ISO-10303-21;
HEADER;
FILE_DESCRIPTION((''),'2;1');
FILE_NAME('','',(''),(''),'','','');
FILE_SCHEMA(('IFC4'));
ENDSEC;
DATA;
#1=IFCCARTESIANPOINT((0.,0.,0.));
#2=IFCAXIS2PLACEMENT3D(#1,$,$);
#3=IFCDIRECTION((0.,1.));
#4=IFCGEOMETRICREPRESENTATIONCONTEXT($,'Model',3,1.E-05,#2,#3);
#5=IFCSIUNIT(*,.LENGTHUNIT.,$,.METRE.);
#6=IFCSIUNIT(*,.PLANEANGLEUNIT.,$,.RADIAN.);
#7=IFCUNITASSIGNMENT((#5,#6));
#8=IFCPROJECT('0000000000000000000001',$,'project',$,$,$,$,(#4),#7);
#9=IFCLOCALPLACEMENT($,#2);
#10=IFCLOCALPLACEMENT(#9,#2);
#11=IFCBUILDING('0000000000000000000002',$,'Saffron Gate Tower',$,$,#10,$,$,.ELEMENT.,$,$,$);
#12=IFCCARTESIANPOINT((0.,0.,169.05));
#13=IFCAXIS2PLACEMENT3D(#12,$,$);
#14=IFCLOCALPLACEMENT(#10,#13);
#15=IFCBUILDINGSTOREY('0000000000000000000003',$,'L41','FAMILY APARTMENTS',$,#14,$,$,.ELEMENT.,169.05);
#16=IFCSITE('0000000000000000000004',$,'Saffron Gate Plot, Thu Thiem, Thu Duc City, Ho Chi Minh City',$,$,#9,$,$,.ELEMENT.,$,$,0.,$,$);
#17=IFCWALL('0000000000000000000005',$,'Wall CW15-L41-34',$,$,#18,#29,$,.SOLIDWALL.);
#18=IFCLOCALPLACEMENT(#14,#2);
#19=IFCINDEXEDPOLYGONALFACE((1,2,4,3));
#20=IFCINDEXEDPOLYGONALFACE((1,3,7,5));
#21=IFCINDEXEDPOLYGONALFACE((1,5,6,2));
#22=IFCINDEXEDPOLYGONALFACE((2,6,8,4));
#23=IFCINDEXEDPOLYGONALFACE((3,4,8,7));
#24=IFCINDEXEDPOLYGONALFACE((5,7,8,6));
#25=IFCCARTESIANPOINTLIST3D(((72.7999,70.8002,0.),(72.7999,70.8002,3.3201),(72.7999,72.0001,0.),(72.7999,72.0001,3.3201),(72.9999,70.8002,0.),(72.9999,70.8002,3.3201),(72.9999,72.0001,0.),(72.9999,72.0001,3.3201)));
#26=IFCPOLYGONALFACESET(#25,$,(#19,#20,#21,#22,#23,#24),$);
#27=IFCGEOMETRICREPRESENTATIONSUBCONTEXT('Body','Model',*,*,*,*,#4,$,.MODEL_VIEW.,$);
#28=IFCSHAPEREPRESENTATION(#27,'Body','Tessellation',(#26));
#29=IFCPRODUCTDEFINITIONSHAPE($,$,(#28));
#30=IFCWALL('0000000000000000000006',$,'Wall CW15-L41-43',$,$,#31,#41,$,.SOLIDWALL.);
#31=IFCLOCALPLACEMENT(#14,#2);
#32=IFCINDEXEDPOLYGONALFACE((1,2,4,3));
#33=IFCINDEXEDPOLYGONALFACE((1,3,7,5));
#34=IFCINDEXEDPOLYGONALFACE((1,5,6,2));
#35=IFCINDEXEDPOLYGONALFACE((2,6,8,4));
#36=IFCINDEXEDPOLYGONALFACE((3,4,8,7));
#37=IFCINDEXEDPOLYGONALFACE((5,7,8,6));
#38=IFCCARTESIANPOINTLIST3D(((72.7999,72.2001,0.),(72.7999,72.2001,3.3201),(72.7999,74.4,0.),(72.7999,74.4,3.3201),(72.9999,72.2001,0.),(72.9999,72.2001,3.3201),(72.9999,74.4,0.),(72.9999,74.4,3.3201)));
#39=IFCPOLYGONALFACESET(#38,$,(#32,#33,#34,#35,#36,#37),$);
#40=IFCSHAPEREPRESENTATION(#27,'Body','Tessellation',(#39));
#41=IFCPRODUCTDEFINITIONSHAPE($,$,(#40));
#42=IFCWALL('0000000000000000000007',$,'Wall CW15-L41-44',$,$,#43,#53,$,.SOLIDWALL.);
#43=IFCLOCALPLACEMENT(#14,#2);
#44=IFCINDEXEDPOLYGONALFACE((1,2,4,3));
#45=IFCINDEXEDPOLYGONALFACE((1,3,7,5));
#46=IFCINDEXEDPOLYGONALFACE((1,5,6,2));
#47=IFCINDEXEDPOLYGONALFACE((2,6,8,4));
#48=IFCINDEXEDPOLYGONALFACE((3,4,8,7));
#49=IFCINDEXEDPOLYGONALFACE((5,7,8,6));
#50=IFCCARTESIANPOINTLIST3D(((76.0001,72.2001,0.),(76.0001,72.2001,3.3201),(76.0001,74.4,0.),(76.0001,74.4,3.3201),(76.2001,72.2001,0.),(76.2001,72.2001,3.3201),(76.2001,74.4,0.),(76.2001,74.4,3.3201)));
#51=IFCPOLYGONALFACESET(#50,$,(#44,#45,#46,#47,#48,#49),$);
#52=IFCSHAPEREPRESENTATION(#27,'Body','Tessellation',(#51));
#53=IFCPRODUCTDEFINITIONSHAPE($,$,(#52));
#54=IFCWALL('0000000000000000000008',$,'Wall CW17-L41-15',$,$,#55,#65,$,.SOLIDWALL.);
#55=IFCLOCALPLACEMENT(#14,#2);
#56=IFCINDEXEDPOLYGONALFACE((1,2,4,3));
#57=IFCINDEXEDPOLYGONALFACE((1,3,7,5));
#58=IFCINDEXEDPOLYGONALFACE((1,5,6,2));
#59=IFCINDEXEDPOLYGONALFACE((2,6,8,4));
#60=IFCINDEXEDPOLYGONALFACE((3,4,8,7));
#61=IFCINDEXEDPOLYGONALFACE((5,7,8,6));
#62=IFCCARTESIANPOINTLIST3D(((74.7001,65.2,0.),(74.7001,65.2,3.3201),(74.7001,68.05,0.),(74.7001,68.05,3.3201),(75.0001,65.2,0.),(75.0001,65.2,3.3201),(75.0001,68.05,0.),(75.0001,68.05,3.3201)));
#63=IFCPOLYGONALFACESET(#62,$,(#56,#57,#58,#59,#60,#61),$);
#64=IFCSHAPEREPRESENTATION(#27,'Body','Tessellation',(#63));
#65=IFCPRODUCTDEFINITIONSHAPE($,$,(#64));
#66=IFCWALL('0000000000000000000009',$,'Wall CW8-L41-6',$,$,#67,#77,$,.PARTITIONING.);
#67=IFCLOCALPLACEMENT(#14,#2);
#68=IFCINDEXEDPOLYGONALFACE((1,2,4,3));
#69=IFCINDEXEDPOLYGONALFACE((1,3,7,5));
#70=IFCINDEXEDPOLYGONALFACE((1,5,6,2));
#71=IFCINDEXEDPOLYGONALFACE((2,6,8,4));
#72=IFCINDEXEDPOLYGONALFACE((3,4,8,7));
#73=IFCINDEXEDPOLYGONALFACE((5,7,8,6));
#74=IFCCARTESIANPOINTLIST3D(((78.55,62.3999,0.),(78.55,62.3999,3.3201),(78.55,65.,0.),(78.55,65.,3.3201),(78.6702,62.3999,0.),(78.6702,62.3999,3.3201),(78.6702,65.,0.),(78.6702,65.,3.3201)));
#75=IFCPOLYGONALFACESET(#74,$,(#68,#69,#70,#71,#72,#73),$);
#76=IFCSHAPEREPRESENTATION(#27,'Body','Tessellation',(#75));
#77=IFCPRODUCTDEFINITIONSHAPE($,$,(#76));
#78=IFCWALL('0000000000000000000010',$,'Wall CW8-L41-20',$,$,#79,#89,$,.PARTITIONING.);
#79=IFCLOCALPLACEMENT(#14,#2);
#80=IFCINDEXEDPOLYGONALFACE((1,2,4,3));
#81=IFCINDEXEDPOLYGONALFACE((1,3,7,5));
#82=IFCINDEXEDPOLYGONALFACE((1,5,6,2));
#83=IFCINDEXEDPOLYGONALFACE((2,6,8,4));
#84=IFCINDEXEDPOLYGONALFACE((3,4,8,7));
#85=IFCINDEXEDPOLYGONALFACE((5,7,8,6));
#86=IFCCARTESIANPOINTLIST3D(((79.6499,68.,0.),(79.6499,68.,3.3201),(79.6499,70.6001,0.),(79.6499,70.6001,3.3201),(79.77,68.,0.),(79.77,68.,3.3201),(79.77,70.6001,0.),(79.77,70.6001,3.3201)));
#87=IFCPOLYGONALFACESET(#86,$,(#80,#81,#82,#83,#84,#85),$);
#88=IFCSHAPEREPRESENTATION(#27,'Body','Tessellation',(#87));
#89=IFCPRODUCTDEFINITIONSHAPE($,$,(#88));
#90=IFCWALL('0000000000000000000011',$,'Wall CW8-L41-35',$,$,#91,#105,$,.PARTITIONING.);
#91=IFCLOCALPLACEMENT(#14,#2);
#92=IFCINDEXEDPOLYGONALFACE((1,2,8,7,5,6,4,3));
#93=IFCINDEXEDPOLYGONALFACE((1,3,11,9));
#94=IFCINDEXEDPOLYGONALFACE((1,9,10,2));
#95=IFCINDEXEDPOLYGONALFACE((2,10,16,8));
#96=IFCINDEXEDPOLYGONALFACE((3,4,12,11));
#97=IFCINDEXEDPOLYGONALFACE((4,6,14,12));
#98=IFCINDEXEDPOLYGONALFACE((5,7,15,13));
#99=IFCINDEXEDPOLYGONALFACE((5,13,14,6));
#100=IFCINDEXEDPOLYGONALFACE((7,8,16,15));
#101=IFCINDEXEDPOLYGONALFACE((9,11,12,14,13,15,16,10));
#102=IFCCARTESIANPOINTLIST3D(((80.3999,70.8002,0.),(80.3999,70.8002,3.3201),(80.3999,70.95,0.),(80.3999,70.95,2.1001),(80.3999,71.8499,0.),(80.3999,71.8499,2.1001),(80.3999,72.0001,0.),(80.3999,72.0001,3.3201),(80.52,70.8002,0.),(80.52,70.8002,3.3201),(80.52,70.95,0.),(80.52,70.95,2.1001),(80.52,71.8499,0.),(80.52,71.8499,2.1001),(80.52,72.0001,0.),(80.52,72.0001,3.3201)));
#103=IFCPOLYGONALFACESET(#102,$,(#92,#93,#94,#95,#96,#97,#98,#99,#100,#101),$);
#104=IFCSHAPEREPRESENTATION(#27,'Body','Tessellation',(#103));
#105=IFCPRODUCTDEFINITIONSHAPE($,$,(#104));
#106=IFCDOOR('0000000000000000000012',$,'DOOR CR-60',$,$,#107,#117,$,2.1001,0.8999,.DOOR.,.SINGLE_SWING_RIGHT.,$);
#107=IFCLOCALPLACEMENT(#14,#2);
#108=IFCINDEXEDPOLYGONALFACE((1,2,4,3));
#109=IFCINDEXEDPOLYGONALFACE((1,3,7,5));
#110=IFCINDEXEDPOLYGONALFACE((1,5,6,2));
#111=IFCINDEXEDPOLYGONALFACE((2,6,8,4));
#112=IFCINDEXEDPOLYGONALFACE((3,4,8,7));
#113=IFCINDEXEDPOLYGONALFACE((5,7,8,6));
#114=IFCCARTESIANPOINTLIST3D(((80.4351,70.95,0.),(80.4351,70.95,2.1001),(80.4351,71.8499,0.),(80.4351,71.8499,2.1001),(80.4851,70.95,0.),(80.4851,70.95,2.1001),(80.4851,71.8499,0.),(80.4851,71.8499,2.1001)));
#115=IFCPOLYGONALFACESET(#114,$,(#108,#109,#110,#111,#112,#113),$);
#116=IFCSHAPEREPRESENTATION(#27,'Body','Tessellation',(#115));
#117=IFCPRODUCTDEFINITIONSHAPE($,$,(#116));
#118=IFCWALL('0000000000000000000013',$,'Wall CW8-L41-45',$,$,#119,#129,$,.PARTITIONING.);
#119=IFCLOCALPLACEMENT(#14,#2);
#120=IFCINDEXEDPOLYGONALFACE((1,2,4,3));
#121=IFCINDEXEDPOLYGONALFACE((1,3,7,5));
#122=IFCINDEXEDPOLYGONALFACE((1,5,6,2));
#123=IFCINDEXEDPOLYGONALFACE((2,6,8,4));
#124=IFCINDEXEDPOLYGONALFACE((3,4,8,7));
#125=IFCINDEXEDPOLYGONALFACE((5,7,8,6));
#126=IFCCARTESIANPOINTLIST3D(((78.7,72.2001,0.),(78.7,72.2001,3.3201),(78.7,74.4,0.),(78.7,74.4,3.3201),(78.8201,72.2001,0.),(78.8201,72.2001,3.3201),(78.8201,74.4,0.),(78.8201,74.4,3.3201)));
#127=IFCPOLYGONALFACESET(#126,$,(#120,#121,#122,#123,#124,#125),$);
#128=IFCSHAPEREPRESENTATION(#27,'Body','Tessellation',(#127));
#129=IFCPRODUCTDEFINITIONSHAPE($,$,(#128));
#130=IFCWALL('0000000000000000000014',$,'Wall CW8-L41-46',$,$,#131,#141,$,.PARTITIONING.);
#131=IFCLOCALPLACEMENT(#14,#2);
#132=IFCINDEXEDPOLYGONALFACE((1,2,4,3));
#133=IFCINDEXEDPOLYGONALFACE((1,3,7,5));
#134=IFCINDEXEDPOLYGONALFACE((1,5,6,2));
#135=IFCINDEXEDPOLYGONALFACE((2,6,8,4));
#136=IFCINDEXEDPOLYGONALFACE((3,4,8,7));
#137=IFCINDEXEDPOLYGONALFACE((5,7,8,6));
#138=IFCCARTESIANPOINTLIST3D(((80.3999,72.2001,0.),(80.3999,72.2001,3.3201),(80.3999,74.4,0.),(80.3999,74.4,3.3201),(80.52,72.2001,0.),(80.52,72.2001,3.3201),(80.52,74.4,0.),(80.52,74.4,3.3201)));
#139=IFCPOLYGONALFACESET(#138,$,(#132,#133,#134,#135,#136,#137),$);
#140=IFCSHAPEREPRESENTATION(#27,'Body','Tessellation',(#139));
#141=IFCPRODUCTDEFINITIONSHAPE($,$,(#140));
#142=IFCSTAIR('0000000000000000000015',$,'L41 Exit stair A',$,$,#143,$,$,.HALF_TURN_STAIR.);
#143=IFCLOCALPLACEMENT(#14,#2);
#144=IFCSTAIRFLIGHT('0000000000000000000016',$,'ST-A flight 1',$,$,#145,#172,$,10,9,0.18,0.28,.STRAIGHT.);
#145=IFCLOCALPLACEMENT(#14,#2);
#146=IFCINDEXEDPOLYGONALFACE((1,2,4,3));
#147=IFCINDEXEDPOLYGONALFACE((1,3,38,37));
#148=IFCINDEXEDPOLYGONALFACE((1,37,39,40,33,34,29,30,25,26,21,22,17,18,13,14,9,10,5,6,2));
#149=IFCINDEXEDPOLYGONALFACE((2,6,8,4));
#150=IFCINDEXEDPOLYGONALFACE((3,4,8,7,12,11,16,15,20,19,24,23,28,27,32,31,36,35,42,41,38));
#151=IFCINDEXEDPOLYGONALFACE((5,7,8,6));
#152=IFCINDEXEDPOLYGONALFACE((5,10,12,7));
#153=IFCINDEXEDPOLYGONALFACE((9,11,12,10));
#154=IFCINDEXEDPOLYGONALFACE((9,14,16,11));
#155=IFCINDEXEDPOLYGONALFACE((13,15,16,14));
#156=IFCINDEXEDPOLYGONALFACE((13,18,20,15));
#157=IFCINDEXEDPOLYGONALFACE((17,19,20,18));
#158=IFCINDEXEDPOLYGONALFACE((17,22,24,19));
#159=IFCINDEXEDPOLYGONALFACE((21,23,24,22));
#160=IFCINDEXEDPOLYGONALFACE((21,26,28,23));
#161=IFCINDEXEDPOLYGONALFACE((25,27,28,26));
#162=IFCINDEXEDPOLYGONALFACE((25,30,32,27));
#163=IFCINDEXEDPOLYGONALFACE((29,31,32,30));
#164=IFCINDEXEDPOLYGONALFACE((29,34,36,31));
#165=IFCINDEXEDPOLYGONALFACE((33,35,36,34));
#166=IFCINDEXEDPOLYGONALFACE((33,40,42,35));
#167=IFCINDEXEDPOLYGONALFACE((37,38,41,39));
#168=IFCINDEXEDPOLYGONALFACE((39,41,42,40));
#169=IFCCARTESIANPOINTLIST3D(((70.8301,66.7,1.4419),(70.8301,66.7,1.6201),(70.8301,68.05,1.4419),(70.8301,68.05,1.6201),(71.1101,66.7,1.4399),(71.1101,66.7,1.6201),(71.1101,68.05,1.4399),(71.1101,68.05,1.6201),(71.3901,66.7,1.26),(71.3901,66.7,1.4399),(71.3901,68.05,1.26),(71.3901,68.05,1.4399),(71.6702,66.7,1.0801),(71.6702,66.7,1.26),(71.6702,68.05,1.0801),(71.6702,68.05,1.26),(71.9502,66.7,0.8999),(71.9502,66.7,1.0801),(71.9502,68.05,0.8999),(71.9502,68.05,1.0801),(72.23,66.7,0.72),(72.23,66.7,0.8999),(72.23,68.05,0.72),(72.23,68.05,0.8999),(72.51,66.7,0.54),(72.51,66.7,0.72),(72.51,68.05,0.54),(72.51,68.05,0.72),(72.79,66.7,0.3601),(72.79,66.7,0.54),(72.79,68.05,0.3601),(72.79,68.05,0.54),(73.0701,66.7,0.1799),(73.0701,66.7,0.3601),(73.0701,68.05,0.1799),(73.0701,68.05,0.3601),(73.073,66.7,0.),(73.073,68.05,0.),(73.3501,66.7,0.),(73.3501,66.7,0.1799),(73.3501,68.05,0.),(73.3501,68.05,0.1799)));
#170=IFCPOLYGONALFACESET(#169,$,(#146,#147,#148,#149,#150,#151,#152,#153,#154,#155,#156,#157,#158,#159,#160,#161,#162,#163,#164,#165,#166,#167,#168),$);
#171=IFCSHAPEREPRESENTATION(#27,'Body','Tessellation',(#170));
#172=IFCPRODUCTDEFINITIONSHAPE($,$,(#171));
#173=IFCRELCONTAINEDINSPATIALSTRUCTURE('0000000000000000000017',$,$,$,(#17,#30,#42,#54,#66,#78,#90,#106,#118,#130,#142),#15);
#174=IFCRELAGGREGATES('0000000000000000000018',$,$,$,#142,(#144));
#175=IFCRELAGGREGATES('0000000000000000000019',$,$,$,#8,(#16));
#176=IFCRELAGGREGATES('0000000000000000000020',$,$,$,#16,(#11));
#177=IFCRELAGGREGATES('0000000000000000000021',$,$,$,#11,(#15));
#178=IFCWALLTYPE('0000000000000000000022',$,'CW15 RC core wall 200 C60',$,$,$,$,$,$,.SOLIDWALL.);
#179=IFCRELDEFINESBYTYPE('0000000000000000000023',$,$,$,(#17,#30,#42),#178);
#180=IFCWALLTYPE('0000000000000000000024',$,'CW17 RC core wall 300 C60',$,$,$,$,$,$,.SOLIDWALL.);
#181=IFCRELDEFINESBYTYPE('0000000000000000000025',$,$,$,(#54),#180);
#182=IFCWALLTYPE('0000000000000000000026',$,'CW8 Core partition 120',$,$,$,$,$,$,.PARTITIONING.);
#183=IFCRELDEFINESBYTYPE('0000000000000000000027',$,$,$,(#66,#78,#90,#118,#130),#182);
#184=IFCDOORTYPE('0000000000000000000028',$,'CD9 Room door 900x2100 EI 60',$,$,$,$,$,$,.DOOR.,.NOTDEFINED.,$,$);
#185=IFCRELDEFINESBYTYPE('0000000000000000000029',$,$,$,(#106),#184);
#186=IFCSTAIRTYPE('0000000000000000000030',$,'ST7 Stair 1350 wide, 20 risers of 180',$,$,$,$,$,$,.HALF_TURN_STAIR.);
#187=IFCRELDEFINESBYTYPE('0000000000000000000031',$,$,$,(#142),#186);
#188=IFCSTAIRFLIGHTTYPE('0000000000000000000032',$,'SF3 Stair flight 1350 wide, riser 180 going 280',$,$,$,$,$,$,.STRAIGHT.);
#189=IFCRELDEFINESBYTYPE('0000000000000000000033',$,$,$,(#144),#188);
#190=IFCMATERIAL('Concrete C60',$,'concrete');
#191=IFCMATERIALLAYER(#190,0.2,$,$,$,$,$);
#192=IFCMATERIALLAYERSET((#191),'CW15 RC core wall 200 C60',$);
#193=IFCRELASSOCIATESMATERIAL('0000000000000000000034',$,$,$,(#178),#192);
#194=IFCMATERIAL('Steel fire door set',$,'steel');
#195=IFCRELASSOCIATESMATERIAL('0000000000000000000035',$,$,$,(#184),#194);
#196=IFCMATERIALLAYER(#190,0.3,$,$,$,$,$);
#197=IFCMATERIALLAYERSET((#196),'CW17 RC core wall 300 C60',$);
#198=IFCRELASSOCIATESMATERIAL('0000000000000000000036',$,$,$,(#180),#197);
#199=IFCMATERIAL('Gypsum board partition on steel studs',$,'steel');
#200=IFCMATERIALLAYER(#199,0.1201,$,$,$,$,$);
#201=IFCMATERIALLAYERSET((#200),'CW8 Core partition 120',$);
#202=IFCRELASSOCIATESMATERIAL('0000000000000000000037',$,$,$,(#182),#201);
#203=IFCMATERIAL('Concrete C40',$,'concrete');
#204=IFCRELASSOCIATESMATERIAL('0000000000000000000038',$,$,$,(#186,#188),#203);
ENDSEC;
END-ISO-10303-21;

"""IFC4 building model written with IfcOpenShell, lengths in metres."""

from ifc_helpers import new_model, si_unit, direction, frame, frame_2d, origin, place, context, subcontext, project, spatial, polyline, rectangle, outline, extrude, material, layer, layer_set, type_object, element, fill, aggregate, save


model = new_model("IFC4")

# Units and contexts
model_context = context("Model", 3, precision=1e-05, world=origin(), true_north=direction((0.0, 1.0)))
body_context = subcontext(model_context, "Body", "Model", "MODEL_VIEW")
ifc_project = project(units=[si_unit("LENGTHUNIT", "METRE"), si_unit("PLANEANGLEUNIT", "RADIAN")], contexts=[model_context])

# Site, building, storey
site_placement = place(None, origin())
site = spatial("IfcSite", under=ifc_project, at=site_placement, Name="Saffron Gate Plot, Thu Thiem, Thu Duc City, Ho Chi Minh City", CompositionType="ELEMENT", RefElevation=0.0)
building_placement = place(site_placement, origin())
building = spatial("IfcBuilding", under=site, at=building_placement, Name="Saffron Gate Tower", CompositionType="ELEMENT")
storey_placement = place(building_placement, frame((0.0, 0.0, 169.05)))
storey = spatial("IfcBuildingStorey", under=building, at=storey_placement, Name="L41", Description="FAMILY APARTMENTS", CompositionType="ELEMENT", Elevation=169.05)

# Shared definitions
ifc_material_1 = material(Name="Concrete C60", Category="concrete")

# Shared definitions
ifc_layer_1 = layer(ifc_material_1, 0.2)
ifc_layer_set_1 = layer_set([ifc_layer_1], Name="CW15 RC core wall 200 C60")
wall_type_1 = type_object("IfcWallType", Name="CW15 RC core wall 200 C60", PredefinedType="SOLIDWALL", material=ifc_layer_set_1)
ifc_material_2 = material(Name="Steel fire door set", Category="steel")
door_type_1 = type_object("IfcDoorType", Name="CD9 Room door 900x2100 EI 60", OperationType="NOTDEFINED", PredefinedType="DOOR", material=ifc_material_2)

# Walls
wall_1_placement = place(storey_placement, frame((72.8999, 70.8, 0.0), z_axis=(0.0, 0.0, 1.0), x_axis=(0.0, 1.0, 0.0)))
element("IfcWall", 1, at=wall_1_placement, inside=storey, type_object=wall_type_1, Name="Wall CW15-L41-34", PredefinedType="SOLIDWALL", context=body_context, shape_type="SweptSolid", body=[
    extrude(rectangle(XDim=1.2, YDim=0.2, at=frame_2d((0.6001, 0.0))), origin(), (0.0, 0.0, 1.0), 3.3201),
])
for number, where, z_axis, x_axis, name in (
    (2, (72.8999, 72.2, 0.0), (0.0, 0.0, 1.0), (0.0, 1.0, 0.0), "Wall CW15-L41-43"),
    (3, (76.1001, 72.2, 0.0), (0.0, 0.0, 1.0), (0.0, 1.0, 0.0), "Wall CW15-L41-44"),
):
    element("IfcWall", number, at=place(storey_placement, frame(where, z_axis=z_axis, x_axis=x_axis)), inside=storey, type_object=wall_type_1, Name=name, PredefinedType="SOLIDWALL", context=body_context, shape_type="SweptSolid", body=[
        extrude(rectangle(XDim=2.2, YDim=0.2, at=frame_2d((1.1001, 0.0))), origin(), (0.0, 0.0, 1.0), 3.3201),
    ])
ifc_layer_2 = layer(ifc_material_1, 0.3)
ifc_layer_set_2 = layer_set([ifc_layer_2], Name="CW17 RC core wall 300 C60")
wall_type_2 = type_object("IfcWallType", Name="CW17 RC core wall 300 C60", PredefinedType="SOLIDWALL", material=ifc_layer_set_2)
wall_2_placement = place(storey_placement, frame((74.8501, 65.2, 0.0), z_axis=(0.0, 0.0, 1.0), x_axis=(0.0, 1.0, 0.0)))
element("IfcWall", 4, at=wall_2_placement, inside=storey, type_object=wall_type_2, Name="Wall CW17-L41-15", PredefinedType="SOLIDWALL", context=body_context, shape_type="SweptSolid", body=[
    extrude(rectangle(XDim=2.8501, YDim=0.3, at=frame_2d((1.425, 0.0))), origin(), (0.0, 0.0, 1.0), 3.3201),
])
ifc_material_3 = material(Name="Gypsum board partition on steel studs", Category="steel")
ifc_layer_3 = layer(ifc_material_3, 0.1201)
ifc_layer_set_3 = layer_set([ifc_layer_3], Name="CW8 Core partition 120")
wall_type_3 = type_object("IfcWallType", Name="CW8 Core partition 120", PredefinedType="PARTITIONING", material=ifc_layer_set_3)
for number, where, z_axis, x_axis, name in (
    (5, (78.6101, 62.3999, 0.0), (0.0, 0.0, 1.0), (0.0, 1.0, 0.0), "Wall CW8-L41-6"),
    (6, (79.71, 68.0, 0.0), (0.0, 0.0, 1.0), (0.0, 1.0, 0.0), "Wall CW8-L41-20"),
):
    element("IfcWall", number, at=place(storey_placement, frame(where, z_axis=z_axis, x_axis=x_axis)), inside=storey, type_object=wall_type_3, Name=name, PredefinedType="PARTITIONING", context=body_context, shape_type="SweptSolid", body=[
        extrude(rectangle(XDim=2.6001, YDim=0.1201, at=frame_2d((1.3, 0.0))), origin(), (0.0, 0.0, 1.0), 3.3201),
    ])

# Wall, opening, door
wall_3_placement = place(storey_placement, frame((80.46, 70.8, 0.0), z_axis=(0.0, 0.0, 1.0), x_axis=(0.0, 1.0, 0.0)))
wall_3 = element("IfcWall", 7, at=wall_3_placement, inside=storey, type_object=wall_type_3, Name="Wall CW8-L41-35", PredefinedType="PARTITIONING", context=body_context, shape_type="SweptSolid", body=[
    extrude(rectangle(XDim=1.2, YDim=0.1201, at=frame_2d((0.6001, 0.0))), origin(), (0.0, 0.0, 1.0), 3.3201),
])
opening_1_placement = place(wall_3_placement, frame((0.1499, 0.0, 0.0)))
opening_1 = element("IfcOpeningElement", 8, at=opening_1_placement, cuts=wall_3, PredefinedType="OPENING", context=body_context, shape_type="SweptSolid", body=[
    extrude(rectangle(XDim=0.8999, YDim=2.1001, at=frame_2d((0.45, 1.05))), frame((0.0, 0.0701, 0.0), z_axis=(0.0, -1.0, 0.0), x_axis=(1.0, 0.0, 0.0)), (0.0, 0.0, 1.0), 0.1401),
])
door_1_placement = place(opening_1_placement, origin())
door_1 = element("IfcDoor", 9, at=door_1_placement, inside=storey, type_object=door_type_1, Name="DOOR CR-60", OperationType="SINGLE_SWING_RIGHT", OverallHeight=2.1001, OverallWidth=0.8999, PredefinedType="DOOR", context=body_context, shape_type="SweptSolid", body=[
    extrude(rectangle(XDim=0.8999, YDim=2.1001, at=frame_2d((0.45, 1.05))), frame((0.0, 0.0249, 0.0), z_axis=(0.0, -1.0, 0.0), x_axis=(1.0, 0.0, 0.0)), (0.0, 0.0, 1.0), 0.05),
])
fill(opening_1, door_1)

# Walls
for number, where, z_axis, x_axis, name in (
    (10, (78.76, 72.2, 0.0), (0.0, 0.0, 1.0), (0.0, 1.0, 0.0), "Wall CW8-L41-45"),
    (11, (80.46, 72.2, 0.0), (0.0, 0.0, 1.0), (0.0, 1.0, 0.0), "Wall CW8-L41-46"),
):
    element("IfcWall", number, at=place(storey_placement, frame(where, z_axis=z_axis, x_axis=x_axis)), inside=storey, type_object=wall_type_3, Name=name, PredefinedType="PARTITIONING", context=body_context, shape_type="SweptSolid", body=[
        extrude(rectangle(XDim=2.2, YDim=0.1201, at=frame_2d((1.1001, 0.0))), origin(), (0.0, 0.0, 1.0), 3.3201),
    ])

# Stair, stair flight
ifc_material_4 = material(Name="Concrete C40", Category="concrete")
stair_type = type_object("IfcStairType", Name="ST7 Stair 1350 wide, 20 risers of 180", PredefinedType="HALF_TURN_STAIR", material=ifc_material_4)
stair_placement = place(storey_placement, origin())
stair = element("IfcStair", 12, at=stair_placement, inside=storey, type_object=stair_type, Name="L41 Exit stair A", PredefinedType="HALF_TURN_STAIR")
stair_flight_type = type_object("IfcStairFlightType", Name="SF3 Stair flight 1350 wide, riser 180 going 280", PredefinedType="STRAIGHT", material=ifc_material_4)
stair_flight_placement = place(storey_placement, frame((73.3501, 67.375, 0.0), z_axis=(0.0, 0.0, 1.0), x_axis=(-1.0, 0.0, 0.0)))
stair_flight = element("IfcStairFlight", 13, at=stair_flight_placement, type_object=stair_flight_type, Name="ST-A flight 1", NumberOfRisers=10, NumberOfTreads=9, PredefinedType="STRAIGHT", RiserHeight=0.18, TreadLength=0.28, context=body_context, shape_type="SweptSolid", body=[
    extrude(outline(polyline([(0.0, 0.0), (0.0, 0.1799), (0.28, 0.1799), (0.28, 0.3601), (0.5601, 0.3601), (0.5601, 0.54), (0.8401, 0.54), (0.8401, 0.72), (1.1201, 0.72), (1.1201, 0.8999), (1.3999, 0.8999), (1.3999, 1.0801), (1.6799, 1.0801), (1.6799, 1.26), (1.96, 1.26), (1.96, 1.4399), (2.24, 1.4399), (2.24, 1.6201), (2.52, 1.6201), (2.52, 1.8), (2.52, 1.4419), (0.2771, 0.0), (0.0, 0.0)])), frame((0.0, 0.675, 0.0), z_axis=(0.0, -1.0, 0.0), x_axis=(1.0, 0.0, 0.0)), (0.0, 0.0, 1.0), 1.3501),
])
aggregate(stair, [stair_flight])

save(model, "model.ifc")
